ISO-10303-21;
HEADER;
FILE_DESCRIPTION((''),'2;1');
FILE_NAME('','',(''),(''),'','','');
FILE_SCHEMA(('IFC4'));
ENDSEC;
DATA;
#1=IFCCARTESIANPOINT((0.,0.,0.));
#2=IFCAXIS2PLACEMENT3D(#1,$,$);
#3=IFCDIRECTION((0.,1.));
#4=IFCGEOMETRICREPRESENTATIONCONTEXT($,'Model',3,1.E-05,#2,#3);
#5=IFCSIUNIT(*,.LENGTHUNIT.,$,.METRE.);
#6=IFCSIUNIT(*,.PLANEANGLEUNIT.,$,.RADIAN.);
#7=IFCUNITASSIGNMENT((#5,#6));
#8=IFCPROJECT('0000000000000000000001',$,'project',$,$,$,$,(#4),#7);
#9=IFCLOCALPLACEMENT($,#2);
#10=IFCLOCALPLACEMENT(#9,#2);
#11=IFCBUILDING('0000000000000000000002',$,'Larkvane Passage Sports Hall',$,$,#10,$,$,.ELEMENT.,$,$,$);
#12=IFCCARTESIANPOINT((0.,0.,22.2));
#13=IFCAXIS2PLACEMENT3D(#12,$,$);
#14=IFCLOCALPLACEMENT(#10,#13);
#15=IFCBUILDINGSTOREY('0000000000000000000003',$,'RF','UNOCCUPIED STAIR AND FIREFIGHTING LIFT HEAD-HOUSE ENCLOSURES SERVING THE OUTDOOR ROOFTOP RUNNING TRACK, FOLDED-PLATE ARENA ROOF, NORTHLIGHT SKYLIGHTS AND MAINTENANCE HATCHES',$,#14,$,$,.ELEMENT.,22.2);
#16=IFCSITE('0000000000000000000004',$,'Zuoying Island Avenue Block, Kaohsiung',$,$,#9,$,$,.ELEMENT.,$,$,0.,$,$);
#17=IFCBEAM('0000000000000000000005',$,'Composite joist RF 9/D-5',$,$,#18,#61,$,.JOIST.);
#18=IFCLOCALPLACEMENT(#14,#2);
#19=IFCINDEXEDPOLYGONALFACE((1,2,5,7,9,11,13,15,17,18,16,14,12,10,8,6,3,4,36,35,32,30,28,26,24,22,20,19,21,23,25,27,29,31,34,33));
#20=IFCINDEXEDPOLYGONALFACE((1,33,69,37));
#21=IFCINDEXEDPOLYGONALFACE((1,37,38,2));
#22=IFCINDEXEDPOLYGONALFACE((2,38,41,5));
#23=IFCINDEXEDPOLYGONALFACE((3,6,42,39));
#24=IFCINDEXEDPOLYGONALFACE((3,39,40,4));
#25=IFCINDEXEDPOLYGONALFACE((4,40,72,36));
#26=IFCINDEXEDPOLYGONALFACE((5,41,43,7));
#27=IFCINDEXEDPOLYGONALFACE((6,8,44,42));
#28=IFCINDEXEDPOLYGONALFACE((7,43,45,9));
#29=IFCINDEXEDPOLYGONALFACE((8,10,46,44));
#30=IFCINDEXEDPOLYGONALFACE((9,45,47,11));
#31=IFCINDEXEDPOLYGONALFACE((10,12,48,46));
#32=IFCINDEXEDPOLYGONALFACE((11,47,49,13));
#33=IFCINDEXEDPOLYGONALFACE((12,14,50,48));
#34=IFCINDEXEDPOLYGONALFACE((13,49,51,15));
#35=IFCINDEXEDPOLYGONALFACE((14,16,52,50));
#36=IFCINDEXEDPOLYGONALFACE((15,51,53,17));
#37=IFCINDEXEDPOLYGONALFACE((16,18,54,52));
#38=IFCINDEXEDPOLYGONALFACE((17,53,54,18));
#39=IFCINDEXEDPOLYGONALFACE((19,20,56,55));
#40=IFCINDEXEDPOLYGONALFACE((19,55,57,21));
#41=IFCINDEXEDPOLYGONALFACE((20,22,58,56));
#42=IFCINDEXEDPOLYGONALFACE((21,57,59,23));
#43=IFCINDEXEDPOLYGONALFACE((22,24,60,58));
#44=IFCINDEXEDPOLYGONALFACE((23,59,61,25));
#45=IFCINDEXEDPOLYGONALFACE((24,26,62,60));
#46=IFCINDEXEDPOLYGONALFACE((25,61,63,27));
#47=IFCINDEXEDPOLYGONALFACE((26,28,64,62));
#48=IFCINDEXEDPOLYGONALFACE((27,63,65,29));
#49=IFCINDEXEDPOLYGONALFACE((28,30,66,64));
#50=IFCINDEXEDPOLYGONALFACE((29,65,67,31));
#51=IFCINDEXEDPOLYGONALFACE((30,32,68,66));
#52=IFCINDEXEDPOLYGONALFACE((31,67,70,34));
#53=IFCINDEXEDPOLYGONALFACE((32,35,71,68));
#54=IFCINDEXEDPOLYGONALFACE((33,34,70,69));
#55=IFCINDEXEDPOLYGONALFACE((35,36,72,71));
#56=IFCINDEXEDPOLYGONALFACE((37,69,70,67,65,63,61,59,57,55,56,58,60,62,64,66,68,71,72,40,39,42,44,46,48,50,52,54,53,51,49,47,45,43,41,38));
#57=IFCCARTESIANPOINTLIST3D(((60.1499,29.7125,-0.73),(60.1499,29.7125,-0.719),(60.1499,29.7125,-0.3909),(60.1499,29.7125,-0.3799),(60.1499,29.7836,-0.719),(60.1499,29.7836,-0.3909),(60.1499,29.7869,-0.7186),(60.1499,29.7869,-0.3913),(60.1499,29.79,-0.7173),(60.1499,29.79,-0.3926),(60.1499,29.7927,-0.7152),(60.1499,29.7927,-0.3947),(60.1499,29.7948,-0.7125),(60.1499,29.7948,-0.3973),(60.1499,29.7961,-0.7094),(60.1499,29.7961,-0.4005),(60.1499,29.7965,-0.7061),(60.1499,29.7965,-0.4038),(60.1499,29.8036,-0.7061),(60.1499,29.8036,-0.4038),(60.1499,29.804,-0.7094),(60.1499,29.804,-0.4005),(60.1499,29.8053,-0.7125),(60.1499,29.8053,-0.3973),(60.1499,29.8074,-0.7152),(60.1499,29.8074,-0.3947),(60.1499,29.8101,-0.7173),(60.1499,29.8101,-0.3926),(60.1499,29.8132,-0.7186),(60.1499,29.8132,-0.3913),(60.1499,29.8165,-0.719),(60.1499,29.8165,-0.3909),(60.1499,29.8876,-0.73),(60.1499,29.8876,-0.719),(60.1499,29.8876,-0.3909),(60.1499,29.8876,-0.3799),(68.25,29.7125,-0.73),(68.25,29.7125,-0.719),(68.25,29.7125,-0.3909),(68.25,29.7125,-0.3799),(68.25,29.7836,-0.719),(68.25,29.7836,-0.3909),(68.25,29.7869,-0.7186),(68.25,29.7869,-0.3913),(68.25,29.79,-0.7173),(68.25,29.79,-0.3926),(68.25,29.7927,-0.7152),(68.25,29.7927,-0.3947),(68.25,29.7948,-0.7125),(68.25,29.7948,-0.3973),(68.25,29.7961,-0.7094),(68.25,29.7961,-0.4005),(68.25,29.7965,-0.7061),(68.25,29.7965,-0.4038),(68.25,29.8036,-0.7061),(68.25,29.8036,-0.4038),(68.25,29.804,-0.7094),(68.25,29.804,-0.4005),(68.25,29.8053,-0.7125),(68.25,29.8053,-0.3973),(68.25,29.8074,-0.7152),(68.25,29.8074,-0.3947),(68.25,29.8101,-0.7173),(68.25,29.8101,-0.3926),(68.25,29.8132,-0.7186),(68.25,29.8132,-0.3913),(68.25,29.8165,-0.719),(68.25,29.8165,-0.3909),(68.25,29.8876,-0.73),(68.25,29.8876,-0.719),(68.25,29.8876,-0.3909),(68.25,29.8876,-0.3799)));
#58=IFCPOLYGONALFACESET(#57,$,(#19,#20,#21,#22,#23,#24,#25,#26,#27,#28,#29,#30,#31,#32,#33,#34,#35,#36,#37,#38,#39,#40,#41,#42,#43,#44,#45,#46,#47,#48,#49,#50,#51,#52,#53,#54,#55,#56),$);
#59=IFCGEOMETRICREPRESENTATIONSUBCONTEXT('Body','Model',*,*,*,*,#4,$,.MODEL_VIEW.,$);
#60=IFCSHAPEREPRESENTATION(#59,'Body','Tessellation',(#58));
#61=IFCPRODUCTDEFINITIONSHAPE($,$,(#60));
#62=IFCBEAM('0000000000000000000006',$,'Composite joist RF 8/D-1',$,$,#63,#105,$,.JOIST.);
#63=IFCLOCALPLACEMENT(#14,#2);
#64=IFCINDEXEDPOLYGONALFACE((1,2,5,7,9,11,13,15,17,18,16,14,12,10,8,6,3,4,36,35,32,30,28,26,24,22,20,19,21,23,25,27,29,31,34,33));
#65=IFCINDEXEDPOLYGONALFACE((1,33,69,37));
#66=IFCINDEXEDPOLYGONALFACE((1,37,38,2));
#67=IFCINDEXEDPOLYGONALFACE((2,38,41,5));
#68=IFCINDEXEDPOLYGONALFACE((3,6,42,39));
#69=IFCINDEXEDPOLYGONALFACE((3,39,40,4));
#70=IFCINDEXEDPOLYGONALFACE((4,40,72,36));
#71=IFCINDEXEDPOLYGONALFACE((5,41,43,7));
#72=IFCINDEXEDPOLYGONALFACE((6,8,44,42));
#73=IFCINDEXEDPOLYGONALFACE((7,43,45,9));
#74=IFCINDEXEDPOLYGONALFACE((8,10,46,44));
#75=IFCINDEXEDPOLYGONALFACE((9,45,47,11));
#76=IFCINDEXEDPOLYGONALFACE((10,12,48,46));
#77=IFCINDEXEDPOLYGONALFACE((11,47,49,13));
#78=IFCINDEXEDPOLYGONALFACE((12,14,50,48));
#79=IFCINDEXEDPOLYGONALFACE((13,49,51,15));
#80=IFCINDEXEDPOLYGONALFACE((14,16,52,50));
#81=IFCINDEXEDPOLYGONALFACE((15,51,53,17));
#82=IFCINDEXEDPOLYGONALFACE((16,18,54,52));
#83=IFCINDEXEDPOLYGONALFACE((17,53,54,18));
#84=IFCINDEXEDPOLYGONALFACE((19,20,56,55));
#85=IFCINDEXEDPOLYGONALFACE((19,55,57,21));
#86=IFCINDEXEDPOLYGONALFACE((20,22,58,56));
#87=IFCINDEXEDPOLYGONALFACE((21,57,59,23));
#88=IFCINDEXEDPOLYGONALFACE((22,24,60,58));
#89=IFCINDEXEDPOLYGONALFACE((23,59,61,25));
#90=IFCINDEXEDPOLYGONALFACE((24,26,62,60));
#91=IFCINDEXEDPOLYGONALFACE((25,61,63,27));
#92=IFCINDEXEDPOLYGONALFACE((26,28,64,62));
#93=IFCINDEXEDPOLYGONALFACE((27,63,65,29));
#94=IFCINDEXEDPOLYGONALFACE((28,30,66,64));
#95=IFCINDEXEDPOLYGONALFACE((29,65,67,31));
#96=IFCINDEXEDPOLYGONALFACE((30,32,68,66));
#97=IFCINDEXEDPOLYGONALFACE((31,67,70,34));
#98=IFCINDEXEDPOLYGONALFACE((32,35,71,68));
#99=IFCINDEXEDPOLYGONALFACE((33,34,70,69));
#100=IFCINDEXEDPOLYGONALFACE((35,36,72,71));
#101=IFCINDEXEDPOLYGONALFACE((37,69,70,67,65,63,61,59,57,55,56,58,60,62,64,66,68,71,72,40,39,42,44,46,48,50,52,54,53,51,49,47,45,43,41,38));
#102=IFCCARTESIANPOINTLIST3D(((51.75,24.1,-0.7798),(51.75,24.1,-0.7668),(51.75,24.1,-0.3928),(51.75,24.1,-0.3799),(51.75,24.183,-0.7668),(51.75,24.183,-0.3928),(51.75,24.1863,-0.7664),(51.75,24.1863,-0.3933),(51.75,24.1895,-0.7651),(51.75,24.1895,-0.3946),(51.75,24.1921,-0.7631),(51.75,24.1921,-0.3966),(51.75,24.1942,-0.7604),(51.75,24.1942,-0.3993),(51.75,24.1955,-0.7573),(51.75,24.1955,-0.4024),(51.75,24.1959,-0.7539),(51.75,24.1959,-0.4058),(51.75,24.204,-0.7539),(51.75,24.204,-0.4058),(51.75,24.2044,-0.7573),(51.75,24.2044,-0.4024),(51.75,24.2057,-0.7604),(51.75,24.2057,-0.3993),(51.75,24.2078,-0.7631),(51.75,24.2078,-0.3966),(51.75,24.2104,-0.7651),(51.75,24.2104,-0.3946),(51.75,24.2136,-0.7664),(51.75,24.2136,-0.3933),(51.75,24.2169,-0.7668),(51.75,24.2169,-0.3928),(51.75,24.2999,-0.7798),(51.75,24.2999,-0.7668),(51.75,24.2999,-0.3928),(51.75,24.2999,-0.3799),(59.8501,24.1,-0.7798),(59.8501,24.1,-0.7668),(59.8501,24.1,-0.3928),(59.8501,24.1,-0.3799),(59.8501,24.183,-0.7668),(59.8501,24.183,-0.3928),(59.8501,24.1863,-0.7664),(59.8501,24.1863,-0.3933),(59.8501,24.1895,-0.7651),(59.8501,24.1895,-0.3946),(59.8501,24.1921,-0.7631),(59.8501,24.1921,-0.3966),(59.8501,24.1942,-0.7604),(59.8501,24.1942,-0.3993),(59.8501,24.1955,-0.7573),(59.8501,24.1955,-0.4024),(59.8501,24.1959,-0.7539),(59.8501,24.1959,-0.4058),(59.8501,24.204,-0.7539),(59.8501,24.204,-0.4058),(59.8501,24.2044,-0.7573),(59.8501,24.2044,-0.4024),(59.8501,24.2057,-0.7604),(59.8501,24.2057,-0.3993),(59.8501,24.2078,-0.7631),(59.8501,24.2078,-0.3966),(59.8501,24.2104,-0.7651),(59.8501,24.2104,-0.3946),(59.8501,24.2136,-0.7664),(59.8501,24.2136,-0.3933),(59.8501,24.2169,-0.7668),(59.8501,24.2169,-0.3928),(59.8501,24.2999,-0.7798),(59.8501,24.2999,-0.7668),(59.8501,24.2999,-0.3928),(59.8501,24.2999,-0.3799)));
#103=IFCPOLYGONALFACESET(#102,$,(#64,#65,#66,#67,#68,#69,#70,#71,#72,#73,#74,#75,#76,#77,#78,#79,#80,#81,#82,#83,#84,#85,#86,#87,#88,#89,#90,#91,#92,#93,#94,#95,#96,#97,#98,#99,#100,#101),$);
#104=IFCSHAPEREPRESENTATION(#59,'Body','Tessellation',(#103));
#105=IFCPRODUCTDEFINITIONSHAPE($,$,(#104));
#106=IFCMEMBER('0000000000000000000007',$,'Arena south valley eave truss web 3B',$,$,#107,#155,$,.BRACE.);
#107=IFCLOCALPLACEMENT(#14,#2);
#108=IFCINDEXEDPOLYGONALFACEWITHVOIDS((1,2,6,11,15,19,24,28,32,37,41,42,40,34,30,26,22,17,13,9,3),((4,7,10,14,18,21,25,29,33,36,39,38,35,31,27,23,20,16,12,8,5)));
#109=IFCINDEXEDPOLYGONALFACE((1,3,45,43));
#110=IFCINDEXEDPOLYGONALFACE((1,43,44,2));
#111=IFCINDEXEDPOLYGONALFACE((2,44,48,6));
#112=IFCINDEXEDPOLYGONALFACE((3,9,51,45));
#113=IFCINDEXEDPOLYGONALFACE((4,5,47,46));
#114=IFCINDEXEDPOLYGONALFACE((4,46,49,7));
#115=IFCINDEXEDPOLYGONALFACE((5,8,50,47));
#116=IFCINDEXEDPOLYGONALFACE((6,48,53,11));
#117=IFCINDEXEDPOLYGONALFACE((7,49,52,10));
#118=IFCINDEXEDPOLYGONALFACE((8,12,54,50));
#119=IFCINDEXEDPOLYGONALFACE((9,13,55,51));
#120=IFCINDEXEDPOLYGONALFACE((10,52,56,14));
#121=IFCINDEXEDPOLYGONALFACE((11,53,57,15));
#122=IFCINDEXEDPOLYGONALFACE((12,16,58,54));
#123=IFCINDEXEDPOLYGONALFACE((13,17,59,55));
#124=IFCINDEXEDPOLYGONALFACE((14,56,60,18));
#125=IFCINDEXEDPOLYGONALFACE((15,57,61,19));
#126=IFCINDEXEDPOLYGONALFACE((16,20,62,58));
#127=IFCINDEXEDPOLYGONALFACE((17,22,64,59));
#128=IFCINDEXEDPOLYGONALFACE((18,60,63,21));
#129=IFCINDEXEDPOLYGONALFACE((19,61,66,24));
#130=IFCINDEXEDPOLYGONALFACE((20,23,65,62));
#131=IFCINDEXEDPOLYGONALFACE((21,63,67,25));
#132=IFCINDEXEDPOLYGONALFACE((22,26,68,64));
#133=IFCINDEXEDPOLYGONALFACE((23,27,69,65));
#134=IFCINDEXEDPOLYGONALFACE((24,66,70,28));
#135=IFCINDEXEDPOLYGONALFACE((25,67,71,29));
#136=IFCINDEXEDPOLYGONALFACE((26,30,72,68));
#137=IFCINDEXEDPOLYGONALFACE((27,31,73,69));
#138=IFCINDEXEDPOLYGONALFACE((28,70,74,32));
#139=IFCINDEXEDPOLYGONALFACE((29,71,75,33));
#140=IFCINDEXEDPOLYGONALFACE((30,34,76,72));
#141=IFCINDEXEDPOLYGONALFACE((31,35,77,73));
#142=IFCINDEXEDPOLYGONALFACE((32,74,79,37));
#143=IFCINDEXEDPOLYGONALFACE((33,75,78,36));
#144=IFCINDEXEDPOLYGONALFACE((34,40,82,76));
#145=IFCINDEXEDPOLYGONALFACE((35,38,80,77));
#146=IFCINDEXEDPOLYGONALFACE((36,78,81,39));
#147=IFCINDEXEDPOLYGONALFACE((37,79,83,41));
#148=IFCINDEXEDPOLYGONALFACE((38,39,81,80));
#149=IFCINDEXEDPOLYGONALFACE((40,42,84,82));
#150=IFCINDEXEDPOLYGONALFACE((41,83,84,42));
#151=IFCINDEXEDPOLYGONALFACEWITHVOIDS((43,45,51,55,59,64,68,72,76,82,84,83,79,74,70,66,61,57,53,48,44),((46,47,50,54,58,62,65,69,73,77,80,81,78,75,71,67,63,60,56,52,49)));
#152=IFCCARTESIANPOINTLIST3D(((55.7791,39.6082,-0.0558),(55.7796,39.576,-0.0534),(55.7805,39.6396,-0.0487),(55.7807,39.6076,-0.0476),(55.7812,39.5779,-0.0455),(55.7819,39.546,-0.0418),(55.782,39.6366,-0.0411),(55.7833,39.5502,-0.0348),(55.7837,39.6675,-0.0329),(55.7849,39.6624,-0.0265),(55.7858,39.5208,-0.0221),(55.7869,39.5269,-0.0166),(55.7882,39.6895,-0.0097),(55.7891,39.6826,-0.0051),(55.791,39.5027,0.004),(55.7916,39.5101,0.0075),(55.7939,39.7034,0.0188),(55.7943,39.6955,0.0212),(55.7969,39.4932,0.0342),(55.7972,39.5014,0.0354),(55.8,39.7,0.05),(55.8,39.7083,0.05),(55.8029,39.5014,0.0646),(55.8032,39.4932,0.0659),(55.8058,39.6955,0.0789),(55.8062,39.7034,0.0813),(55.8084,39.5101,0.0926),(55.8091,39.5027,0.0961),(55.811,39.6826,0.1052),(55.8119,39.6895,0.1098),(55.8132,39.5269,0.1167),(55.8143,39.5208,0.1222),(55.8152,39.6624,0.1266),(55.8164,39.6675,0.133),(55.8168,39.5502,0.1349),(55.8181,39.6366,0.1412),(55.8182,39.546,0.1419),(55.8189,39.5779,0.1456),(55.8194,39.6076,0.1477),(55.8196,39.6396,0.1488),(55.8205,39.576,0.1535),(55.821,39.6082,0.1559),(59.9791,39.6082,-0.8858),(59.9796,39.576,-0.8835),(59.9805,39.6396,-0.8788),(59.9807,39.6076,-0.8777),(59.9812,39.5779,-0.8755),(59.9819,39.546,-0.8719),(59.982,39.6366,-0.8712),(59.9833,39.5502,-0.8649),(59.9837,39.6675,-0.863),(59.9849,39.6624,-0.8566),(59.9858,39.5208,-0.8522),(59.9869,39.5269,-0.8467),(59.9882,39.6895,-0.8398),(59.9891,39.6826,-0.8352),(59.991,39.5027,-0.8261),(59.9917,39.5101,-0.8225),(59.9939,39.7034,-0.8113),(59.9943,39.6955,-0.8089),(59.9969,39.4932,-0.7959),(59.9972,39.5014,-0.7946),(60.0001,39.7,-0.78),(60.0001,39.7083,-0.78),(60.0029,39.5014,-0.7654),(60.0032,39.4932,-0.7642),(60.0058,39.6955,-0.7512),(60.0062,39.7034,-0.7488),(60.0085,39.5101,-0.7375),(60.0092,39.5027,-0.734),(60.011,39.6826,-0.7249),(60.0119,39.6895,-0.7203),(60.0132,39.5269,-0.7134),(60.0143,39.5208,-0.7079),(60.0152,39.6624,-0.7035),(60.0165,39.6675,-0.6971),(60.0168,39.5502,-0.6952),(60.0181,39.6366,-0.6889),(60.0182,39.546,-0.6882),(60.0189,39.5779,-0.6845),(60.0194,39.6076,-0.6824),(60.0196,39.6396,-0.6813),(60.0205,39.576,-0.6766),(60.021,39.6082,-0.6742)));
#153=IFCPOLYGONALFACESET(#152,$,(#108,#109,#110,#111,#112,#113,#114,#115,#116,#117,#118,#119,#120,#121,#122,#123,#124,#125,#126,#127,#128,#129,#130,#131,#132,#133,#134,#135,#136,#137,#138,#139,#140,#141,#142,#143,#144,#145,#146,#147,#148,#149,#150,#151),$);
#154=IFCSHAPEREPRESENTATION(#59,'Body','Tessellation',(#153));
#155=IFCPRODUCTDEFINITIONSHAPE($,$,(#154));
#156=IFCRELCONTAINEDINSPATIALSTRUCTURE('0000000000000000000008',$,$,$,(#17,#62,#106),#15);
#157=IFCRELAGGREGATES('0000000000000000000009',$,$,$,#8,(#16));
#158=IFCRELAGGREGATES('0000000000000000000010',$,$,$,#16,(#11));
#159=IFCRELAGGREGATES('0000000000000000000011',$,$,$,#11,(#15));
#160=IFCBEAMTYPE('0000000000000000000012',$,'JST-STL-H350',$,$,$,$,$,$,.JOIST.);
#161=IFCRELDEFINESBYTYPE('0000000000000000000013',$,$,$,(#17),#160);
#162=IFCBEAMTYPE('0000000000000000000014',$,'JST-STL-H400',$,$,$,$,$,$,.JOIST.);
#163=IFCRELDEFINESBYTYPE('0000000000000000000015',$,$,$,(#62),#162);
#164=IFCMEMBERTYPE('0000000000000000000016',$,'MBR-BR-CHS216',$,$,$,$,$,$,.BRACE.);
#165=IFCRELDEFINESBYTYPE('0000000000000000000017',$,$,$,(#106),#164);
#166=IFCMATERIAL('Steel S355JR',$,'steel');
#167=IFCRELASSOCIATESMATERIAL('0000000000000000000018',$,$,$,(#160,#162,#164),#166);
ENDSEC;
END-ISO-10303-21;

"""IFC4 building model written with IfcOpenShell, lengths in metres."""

from ifc_helpers import new_model, si_unit, direction, frame, origin, origin_2d, place, context, subcontext, project, spatial, hollow_circle, i_section, extrude, material, material_profile, profile_set, type_object, element, save


model = new_model("IFC4")

# Units and contexts
model_context = context("Model", 3, precision=1e-05, world=origin(), true_north=direction((0.0, 1.0)))
body_context = subcontext(model_context, "Body", "Model", "MODEL_VIEW")
ifc_project = project(units=[si_unit("LENGTHUNIT", "METRE"), si_unit("PLANEANGLEUNIT", "RADIAN")], contexts=[model_context])

# Site, building, storey
site_placement = place(None, origin())
site = spatial("IfcSite", under=ifc_project, at=site_placement, Name="Zuoying Island Avenue Block, Kaohsiung", CompositionType="ELEMENT", RefElevation=0.0)
building_placement = place(site_placement, origin())
building = spatial("IfcBuilding", under=site, at=building_placement, Name="Larkvane Passage Sports Hall", CompositionType="ELEMENT")
storey_placement = place(building_placement, frame((0.0, 0.0, 22.2)))
storey = spatial("IfcBuildingStorey", under=building, at=storey_placement, Name="RF", Description="UNOCCUPIED STAIR AND FIREFIGHTING LIFT HEAD-HOUSE ENCLOSURES SERVING THE OUTDOOR ROOFTOP RUNNING TRACK, FOLDED-PLATE ARENA ROOF, NORTHLIGHT SKYLIGHTS AND MAINTENANCE HATCHES", CompositionType="ELEMENT", Elevation=22.2)

# Beams
ifc_material_1 = material(Name="Steel S355JR", Category="steel")
ifc_material_profile_1 = material_profile(ifc_material_1, i_section(OverallWidth=0.175, OverallDepth=0.3501, WebThickness=0.0071, FlangeThickness=0.011, FilletRadius=0.0129, at=origin_2d()), Name="H-350x175x7x11")
ifc_profile_set_1 = profile_set([ifc_material_profile_1], Name="Steel S355JR")
beam_type_1 = type_object("IfcBeamType", Name="JST-STL-H350", PredefinedType="JOIST", material=ifc_profile_set_1)
beam_1_placement = place(storey_placement, frame((60.1499, 29.8, -0.5549), z_axis=(1.0, 0.0, 0.0), x_axis=(0.0, 1.0, 0.0)))
element("IfcBeam", 1, at=beam_1_placement, inside=storey, type_object=beam_type_1, Name="Composite joist RF 9/D-5", PredefinedType="JOIST", context=body_context, shape_type="SweptSolid", body=[
    extrude(i_section(OverallWidth=0.175, OverallDepth=0.3501, WebThickness=0.0071, FlangeThickness=0.011, FilletRadius=0.0129, at=origin_2d()), origin(), (0.0, 0.0, 1.0), 8.1001),
])
ifc_material_profile_2 = material_profile(ifc_material_1, i_section(OverallWidth=0.2, OverallDepth=0.3999, WebThickness=0.0081, FlangeThickness=0.0129, FilletRadius=0.0129, at=origin_2d()), Name="H-400x200x8x13")
ifc_profile_set_2 = profile_set([ifc_material_profile_2], Name="Steel S355JR")
beam_type_2 = type_object("IfcBeamType", Name="JST-STL-H400", PredefinedType="JOIST", material=ifc_profile_set_2)
beam_2_placement = place(storey_placement, frame((51.75, 24.2, -0.5798), z_axis=(1.0, 0.0, 0.0), x_axis=(0.0, 1.0, 0.0)))
element("IfcBeam", 2, at=beam_2_placement, inside=storey, type_object=beam_type_2, Name="Composite joist RF 8/D-1", PredefinedType="JOIST", context=body_context, shape_type="SweptSolid", body=[
    extrude(i_section(OverallWidth=0.2, OverallDepth=0.3999, WebThickness=0.0081, FlangeThickness=0.0129, FilletRadius=0.0129, at=origin_2d()), origin(), (0.0, 0.0, 1.0), 8.1001),
])

# Member
ifc_material_profile_3 = material_profile(ifc_material_1, hollow_circle(Radius=0.1082, WallThickness=0.0083, at=origin_2d()), Name="CHS-216.3x8.2")
ifc_profile_set_3 = profile_set([ifc_material_profile_3], Name="Steel S355JR")
member_type_1 = type_object("IfcMemberType", Name="MBR-BR-CHS216", PredefinedType="BRACE", material=ifc_profile_set_3)
member_1_placement = place(storey_placement, frame((55.8, 39.6001, 0.05), z_axis=(0.981023, 0.0, -0.193889), x_axis=(0.0, 1.0, 0.0)))
element("IfcMember", 3, at=member_1_placement, inside=storey, type_object=member_type_1, Name="Arena south valley eave truss web 3B", PredefinedType="BRACE", context=body_context, shape_type="SweptSolid", body=[
    extrude(hollow_circle(Radius=0.1082, WallThickness=0.0083, at=origin_2d()), origin(), (0.0, 0.0, 1.0), 4.2812),
])

save(model, "model.ifc")
